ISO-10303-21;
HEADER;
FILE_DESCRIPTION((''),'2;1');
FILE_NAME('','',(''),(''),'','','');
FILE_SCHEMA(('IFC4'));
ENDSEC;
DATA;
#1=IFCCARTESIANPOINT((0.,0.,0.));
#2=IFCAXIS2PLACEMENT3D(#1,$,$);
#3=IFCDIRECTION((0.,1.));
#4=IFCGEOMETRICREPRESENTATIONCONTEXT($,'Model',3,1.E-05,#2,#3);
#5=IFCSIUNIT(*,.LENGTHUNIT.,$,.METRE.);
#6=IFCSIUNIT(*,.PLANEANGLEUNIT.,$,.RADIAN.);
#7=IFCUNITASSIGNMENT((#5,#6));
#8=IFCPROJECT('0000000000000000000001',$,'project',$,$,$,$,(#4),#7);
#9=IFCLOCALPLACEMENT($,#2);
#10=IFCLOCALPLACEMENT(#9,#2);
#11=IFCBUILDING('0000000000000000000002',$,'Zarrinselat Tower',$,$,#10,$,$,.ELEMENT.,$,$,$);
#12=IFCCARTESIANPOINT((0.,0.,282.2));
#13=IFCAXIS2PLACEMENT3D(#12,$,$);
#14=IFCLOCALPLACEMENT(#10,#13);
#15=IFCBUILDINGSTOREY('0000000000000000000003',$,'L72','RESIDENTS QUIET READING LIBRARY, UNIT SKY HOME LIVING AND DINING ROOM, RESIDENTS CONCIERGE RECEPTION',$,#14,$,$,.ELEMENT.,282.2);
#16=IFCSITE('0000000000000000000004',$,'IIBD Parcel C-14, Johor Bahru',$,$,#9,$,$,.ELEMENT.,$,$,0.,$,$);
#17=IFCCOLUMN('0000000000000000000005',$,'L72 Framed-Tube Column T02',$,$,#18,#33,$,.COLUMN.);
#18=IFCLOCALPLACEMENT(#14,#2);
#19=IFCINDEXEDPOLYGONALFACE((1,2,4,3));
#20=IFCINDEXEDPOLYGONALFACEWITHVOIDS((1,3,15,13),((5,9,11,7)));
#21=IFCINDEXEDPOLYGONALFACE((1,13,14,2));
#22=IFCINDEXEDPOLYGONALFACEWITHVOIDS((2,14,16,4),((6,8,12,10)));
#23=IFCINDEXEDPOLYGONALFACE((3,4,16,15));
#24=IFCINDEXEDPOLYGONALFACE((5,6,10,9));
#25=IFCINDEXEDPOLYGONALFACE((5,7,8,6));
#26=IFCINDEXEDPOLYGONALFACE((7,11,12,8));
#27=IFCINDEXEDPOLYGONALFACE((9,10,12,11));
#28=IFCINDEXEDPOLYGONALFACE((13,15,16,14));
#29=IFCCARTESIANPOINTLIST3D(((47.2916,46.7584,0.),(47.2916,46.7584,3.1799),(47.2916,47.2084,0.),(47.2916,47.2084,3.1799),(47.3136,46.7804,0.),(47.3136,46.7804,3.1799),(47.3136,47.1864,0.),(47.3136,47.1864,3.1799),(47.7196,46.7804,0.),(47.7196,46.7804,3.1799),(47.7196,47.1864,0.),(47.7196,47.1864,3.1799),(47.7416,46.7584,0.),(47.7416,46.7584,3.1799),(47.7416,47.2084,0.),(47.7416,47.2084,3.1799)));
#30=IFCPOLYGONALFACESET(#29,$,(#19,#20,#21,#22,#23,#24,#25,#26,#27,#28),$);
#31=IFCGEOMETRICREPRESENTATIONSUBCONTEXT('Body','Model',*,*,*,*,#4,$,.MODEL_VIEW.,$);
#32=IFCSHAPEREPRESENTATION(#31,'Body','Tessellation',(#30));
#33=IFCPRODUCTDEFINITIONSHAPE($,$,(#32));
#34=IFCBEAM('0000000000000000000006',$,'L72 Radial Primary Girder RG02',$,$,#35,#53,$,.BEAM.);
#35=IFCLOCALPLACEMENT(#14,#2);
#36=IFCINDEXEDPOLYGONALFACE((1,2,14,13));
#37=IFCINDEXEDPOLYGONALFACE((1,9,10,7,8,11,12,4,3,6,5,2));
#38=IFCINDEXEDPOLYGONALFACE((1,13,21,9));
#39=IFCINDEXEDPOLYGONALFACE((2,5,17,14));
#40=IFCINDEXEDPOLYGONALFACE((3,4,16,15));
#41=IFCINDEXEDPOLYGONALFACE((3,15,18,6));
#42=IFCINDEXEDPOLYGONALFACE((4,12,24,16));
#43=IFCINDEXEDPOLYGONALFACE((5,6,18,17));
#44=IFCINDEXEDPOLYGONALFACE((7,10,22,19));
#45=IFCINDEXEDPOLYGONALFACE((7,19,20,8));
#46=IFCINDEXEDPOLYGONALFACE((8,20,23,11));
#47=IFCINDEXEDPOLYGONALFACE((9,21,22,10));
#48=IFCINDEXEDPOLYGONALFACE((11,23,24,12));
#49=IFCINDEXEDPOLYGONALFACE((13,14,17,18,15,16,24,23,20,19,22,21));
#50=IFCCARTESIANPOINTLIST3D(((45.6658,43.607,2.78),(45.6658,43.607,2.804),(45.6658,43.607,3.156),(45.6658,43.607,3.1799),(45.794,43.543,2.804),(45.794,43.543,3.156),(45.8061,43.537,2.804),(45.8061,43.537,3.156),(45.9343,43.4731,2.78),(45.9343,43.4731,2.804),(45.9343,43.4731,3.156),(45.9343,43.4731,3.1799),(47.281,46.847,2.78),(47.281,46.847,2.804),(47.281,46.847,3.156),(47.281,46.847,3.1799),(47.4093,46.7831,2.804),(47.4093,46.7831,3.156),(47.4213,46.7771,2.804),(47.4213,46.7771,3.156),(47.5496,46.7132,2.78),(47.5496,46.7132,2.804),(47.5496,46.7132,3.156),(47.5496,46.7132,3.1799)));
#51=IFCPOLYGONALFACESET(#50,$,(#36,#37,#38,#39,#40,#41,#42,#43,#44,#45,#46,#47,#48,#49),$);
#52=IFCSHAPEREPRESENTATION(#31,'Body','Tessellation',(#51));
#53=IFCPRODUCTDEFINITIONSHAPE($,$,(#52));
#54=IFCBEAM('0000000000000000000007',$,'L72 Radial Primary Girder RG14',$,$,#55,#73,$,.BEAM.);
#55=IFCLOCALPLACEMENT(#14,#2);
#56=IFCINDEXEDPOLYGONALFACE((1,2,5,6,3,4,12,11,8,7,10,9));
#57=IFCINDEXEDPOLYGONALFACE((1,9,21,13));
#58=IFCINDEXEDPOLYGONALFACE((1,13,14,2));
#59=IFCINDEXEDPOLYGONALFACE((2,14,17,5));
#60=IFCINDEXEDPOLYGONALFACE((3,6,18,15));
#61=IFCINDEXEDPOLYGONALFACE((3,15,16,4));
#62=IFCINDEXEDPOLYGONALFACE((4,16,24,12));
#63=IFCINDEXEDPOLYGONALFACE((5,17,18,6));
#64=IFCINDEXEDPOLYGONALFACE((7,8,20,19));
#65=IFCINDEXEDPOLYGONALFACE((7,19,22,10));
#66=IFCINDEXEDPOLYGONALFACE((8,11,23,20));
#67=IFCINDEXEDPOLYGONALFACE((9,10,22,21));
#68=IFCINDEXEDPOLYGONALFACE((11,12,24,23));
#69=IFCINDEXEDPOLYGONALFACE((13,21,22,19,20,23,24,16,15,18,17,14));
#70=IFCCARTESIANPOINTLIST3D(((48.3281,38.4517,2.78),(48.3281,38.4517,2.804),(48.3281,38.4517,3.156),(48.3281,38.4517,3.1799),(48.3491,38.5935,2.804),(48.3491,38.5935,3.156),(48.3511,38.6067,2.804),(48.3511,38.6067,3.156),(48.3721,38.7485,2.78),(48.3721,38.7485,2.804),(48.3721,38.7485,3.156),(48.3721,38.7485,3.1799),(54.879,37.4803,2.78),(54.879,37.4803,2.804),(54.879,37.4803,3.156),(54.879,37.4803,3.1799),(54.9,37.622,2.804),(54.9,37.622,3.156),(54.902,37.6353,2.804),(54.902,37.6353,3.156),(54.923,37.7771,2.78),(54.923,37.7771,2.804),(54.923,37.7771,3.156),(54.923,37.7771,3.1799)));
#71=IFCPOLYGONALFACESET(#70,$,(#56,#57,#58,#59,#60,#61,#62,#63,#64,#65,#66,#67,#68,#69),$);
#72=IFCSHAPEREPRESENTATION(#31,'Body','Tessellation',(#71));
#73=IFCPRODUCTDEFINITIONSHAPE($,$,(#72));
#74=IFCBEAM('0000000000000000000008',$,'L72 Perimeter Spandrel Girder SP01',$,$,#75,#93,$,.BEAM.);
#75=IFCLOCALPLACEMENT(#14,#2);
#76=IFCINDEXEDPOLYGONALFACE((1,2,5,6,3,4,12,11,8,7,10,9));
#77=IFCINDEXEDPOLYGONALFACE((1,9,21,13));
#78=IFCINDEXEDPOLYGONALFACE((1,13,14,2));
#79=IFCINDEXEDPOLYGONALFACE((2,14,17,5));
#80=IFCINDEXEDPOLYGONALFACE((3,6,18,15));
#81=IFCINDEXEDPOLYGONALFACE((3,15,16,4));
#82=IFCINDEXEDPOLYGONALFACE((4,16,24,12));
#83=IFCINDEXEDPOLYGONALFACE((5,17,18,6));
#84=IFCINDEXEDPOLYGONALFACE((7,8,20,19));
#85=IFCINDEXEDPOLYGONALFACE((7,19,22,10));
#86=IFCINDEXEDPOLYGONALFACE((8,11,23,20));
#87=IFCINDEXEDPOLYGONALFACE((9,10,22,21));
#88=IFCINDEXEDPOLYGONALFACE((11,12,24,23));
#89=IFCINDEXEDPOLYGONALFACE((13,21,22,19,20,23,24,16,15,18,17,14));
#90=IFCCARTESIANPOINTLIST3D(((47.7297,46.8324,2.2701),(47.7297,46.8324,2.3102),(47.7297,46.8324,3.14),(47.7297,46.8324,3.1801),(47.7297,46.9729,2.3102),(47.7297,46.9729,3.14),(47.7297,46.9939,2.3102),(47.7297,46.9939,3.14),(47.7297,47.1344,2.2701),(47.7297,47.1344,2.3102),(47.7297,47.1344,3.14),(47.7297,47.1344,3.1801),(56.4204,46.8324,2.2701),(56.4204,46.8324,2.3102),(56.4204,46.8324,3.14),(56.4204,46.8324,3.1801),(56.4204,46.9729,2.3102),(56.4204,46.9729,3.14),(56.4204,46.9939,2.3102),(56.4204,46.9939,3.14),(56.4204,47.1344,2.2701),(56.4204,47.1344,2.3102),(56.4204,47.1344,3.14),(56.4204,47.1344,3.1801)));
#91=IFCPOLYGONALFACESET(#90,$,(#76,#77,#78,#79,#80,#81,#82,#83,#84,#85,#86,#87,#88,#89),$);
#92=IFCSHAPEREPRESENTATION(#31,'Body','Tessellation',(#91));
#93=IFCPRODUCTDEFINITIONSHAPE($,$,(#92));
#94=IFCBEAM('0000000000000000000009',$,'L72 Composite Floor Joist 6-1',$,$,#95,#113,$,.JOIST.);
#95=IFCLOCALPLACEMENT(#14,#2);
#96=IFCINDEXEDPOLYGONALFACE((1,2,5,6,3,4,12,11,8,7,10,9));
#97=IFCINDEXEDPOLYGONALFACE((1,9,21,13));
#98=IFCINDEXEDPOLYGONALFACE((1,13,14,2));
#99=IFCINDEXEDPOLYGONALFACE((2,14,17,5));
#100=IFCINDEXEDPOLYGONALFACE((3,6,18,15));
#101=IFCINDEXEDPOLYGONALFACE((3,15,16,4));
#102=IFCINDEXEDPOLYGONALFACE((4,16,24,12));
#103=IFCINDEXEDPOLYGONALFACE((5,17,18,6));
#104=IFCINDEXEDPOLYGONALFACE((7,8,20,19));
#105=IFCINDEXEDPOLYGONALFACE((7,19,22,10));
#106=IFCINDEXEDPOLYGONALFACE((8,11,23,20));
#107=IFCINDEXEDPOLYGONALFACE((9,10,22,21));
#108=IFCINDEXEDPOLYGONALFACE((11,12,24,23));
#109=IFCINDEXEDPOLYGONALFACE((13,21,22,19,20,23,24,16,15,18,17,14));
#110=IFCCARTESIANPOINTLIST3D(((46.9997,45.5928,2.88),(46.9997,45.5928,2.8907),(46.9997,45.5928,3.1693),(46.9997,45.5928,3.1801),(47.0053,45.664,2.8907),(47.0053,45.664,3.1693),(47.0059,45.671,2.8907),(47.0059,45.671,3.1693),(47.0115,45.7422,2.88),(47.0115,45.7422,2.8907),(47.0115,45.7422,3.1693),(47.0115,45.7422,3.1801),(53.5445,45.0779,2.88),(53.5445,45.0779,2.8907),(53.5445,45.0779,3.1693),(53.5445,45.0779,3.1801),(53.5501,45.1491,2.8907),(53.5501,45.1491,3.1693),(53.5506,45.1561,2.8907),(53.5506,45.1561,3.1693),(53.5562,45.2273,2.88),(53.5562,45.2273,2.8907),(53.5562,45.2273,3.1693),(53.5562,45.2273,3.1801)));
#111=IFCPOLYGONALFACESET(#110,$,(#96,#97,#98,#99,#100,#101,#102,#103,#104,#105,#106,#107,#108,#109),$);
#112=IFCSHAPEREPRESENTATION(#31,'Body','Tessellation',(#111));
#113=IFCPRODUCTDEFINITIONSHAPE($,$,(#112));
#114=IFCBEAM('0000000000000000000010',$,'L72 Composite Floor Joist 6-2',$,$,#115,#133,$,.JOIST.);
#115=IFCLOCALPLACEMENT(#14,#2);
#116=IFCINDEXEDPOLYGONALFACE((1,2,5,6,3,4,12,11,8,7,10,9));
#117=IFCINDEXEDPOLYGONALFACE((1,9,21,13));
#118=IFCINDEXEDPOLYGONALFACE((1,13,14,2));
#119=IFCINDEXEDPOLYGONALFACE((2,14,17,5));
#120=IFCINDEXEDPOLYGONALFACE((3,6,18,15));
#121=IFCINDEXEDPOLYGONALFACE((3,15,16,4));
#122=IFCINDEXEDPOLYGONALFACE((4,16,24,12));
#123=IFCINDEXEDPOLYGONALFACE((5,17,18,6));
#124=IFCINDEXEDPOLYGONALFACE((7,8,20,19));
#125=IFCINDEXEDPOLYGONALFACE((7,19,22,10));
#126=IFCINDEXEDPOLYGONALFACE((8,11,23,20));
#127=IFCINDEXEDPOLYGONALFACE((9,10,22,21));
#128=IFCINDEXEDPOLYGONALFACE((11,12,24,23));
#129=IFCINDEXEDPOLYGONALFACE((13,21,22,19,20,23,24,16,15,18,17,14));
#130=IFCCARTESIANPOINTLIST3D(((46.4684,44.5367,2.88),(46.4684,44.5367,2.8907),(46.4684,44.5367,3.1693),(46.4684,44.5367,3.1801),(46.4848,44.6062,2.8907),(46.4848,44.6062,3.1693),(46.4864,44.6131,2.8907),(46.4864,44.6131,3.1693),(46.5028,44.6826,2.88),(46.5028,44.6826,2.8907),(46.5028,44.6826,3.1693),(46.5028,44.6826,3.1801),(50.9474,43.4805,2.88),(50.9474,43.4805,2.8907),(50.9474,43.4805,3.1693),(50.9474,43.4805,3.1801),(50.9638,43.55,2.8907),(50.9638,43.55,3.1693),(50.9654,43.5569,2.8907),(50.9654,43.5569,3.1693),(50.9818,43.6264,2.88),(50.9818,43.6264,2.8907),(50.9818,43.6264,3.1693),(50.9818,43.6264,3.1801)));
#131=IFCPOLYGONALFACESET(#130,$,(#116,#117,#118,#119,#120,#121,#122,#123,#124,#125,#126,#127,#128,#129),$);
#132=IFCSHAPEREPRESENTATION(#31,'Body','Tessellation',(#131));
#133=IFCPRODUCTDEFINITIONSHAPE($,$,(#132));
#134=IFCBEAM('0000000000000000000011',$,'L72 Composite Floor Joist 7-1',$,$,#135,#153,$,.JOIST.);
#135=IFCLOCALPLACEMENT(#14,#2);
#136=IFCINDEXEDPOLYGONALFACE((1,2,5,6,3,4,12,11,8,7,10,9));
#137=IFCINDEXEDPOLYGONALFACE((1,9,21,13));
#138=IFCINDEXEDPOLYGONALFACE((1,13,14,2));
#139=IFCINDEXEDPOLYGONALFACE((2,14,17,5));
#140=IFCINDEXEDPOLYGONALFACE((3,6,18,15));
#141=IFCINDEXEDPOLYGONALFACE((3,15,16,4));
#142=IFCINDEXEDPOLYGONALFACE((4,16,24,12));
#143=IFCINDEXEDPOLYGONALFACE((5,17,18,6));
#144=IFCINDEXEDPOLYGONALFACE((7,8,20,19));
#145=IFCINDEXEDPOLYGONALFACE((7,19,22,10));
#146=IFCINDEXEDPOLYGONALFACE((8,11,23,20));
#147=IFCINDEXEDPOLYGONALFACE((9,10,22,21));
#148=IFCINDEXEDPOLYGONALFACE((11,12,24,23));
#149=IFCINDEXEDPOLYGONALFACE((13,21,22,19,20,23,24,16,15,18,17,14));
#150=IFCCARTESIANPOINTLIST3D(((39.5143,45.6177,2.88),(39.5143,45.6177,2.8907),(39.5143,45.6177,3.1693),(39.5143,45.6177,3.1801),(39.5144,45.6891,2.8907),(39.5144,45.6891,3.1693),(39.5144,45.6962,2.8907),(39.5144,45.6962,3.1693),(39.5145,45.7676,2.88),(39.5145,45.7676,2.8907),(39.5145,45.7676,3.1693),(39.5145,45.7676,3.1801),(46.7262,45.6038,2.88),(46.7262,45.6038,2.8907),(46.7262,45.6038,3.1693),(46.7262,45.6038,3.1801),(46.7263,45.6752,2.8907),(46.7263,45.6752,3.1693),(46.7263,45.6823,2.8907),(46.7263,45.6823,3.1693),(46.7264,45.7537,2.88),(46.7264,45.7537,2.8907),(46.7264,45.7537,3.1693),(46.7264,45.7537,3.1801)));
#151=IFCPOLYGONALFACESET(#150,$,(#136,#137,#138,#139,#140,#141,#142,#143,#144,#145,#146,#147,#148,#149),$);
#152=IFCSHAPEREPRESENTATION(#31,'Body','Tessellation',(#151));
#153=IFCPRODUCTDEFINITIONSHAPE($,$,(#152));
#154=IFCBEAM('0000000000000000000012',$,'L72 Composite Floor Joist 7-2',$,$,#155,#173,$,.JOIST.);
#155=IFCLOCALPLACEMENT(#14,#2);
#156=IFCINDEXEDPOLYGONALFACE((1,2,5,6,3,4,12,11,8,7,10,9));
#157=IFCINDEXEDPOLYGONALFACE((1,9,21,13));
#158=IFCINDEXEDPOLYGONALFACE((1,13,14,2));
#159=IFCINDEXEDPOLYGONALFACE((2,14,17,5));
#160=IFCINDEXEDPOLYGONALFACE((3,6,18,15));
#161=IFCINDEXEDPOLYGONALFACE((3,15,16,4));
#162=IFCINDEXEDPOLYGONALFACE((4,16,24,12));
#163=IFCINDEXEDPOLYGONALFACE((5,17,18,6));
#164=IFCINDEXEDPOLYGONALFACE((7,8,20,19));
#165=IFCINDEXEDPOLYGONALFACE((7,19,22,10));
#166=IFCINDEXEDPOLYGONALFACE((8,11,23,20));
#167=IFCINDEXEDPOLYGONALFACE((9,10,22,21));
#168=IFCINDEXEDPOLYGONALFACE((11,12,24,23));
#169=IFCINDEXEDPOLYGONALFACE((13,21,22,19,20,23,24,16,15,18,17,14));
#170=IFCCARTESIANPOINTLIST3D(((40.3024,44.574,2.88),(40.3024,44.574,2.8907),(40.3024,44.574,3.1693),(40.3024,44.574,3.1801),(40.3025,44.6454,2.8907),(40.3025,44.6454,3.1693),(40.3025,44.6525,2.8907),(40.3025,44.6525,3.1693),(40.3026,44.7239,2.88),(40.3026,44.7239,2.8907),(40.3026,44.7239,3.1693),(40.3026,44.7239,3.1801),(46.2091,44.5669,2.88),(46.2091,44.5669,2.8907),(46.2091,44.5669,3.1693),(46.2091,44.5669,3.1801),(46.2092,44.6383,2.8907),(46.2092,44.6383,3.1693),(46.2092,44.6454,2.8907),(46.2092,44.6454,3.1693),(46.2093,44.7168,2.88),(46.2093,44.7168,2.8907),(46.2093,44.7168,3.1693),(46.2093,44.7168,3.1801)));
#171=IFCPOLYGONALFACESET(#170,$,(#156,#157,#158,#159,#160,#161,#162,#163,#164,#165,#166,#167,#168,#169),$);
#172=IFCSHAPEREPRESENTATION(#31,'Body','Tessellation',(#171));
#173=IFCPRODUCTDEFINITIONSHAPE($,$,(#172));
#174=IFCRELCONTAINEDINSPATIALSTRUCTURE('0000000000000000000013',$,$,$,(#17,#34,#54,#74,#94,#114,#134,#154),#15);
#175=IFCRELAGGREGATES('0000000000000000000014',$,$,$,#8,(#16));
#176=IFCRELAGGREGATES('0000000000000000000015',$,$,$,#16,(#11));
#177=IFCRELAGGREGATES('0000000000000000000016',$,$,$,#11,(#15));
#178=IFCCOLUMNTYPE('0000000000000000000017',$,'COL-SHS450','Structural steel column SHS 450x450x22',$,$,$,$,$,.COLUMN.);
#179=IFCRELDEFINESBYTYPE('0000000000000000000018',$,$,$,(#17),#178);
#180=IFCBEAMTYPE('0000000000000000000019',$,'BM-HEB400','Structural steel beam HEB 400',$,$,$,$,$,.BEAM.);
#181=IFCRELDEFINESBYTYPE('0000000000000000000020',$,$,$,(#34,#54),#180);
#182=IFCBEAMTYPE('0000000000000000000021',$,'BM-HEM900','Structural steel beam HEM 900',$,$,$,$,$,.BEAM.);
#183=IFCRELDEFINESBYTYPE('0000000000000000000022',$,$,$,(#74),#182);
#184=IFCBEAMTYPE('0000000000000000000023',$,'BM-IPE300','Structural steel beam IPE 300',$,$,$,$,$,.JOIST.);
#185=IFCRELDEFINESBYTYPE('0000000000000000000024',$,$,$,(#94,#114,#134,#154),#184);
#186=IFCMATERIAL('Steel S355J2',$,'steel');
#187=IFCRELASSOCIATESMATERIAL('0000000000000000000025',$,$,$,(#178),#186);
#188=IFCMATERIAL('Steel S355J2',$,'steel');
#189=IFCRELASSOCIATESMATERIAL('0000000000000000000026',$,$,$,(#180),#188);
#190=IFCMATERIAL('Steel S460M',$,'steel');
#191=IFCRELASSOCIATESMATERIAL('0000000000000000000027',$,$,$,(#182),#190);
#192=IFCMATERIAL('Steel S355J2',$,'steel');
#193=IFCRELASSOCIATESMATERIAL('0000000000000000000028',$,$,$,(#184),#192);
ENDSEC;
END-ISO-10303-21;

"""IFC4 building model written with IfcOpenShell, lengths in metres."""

from ifc_helpers import new_model, si_unit, direction, frame, origin, origin_2d, place, context, subcontext, project, spatial, hollow_rectangle, i_section, extrude, material, material_profile, profile_set, type_object, element, save


model = new_model("IFC4")

# Units and contexts
model_context = context("Model", 3, precision=1e-05, world=origin(), true_north=direction((0.0, 1.0)))
body_context = subcontext(model_context, "Body", "Model", "MODEL_VIEW")
ifc_project = project(units=[si_unit("LENGTHUNIT", "METRE"), si_unit("PLANEANGLEUNIT", "RADIAN")], contexts=[model_context])

# Site, building, storey
site_placement = place(None, origin())
site = spatial("IfcSite", under=ifc_project, at=site_placement, Name="IIBD Parcel C-14, Johor Bahru", CompositionType="ELEMENT", RefElevation=0.0)
building_placement = place(site_placement, origin())
building = spatial("IfcBuilding", under=site, at=building_placement, Name="Zarrinselat Tower", CompositionType="ELEMENT")
storey_placement = place(building_placement, frame((0.0, 0.0, 282.2)))
storey = spatial("IfcBuildingStorey", under=building, at=storey_placement, Name="L72", Description="RESIDENTS QUIET READING LIBRARY, UNIT SKY HOME LIVING AND DINING ROOM, RESIDENTS CONCIERGE RECEPTION", CompositionType="ELEMENT", Elevation=282.2)

# Column
ifc_material_1 = material(Name="Steel S355J2", Category="steel")
ifc_material_profile_1 = material_profile(ifc_material_1, hollow_rectangle(XDim=0.45, YDim=0.45, WallThickness=0.022, at=origin_2d()), Name="SHS 450x450x22")
ifc_profile_set_1 = profile_set([ifc_material_profile_1], Name="Steel S355J2")
column_type = type_object("IfcColumnType", Name="COL-SHS450", Description="Structural steel column SHS 450x450x22", PredefinedType="COLUMN", material=ifc_profile_set_1)
column_placement = place(storey_placement, frame((47.5166, 46.9834, 0.0), z_axis=(0.0, 0.0, 1.0), x_axis=(1.0, 0.0, 0.0)))
element("IfcColumn", 1, at=column_placement, inside=storey, type_object=column_type, Name="L72 Framed-Tube Column T02", PredefinedType="COLUMN", context=body_context, shape_type="SweptSolid", body=[
    extrude(hollow_rectangle(XDim=0.45, YDim=0.45, WallThickness=0.022, at=origin_2d()), origin(), (0.0, 0.0, 1.0), 3.1799),
])

# Beams
ifc_material_2 = material(Name="Steel S355J2", Category="steel")
ifc_material_profile_2 = material_profile(ifc_material_2, i_section(OverallWidth=0.3, OverallDepth=0.3999, WebThickness=0.0134, FlangeThickness=0.0239, at=origin_2d()), Name="HEB 400")
ifc_profile_set_2 = profile_set([ifc_material_profile_2], Name="Steel S355J2")
beam_type_1 = type_object("IfcBeamType", Name="BM-HEB400", Description="Structural steel beam HEB 400", PredefinedType="BEAM", material=ifc_profile_set_2)
beam_1_placement = place(storey_placement, frame((45.8, 43.54, 2.98), z_axis=(0.446161, 0.894953, 0.0), x_axis=(-0.894953, 0.446161, 0.0)))
element("IfcBeam", 2, at=beam_1_placement, inside=storey, type_object=beam_type_1, Name="L72 Radial Primary Girder RG02", PredefinedType="BEAM", context=body_context, shape_type="SweptSolid", body=[
    extrude(i_section(OverallWidth=0.3, OverallDepth=0.3999, WebThickness=0.0134, FlangeThickness=0.0239, at=origin_2d()), origin(), (0.0, 0.0, 1.0), 3.6204),
])
beam_2_placement = place(storey_placement, frame((48.3501, 38.6001, 2.98), z_axis=(0.989183, -0.146684, 0.0), x_axis=(0.146684, 0.989183, 0.0)))
element("IfcBeam", 3, at=beam_2_placement, inside=storey, type_object=beam_type_1, Name="L72 Radial Primary Girder RG14", PredefinedType="BEAM", context=body_context, shape_type="SweptSolid", body=[
    extrude(i_section(OverallWidth=0.3, OverallDepth=0.3999, WebThickness=0.0134, FlangeThickness=0.0239, at=origin_2d()), origin(), (0.0, 0.0, 1.0), 6.6226),
])
ifc_material_3 = material(Name="Steel S460M", Category="steel")
ifc_material_profile_3 = material_profile(ifc_material_3, i_section(OverallWidth=0.302, OverallDepth=0.9099, WebThickness=0.021, FlangeThickness=0.04, at=origin_2d()), Name="HEM 900")
ifc_profile_set_3 = profile_set([ifc_material_profile_3], Name="Steel S460M")
beam_type_2 = type_object("IfcBeamType", Name="BM-HEM900", Description="Structural steel beam HEM 900", PredefinedType="BEAM", material=ifc_profile_set_3)
beam_3_placement = place(storey_placement, frame((47.7297, 46.9834, 2.7251), z_axis=(1.0, 0.0, 0.0), x_axis=(0.0, 1.0, 0.0)))
element("IfcBeam", 4, at=beam_3_placement, inside=storey, type_object=beam_type_2, Name="L72 Perimeter Spandrel Girder SP01", PredefinedType="BEAM", context=body_context, shape_type="SweptSolid", body=[
    extrude(i_section(OverallWidth=0.302, OverallDepth=0.9099, WebThickness=0.021, FlangeThickness=0.04, at=origin_2d()), origin(), (0.0, 0.0, 1.0), 8.6907),
])
ifc_material_4 = material(Name="Steel S355J2", Category="steel")
ifc_material_profile_4 = material_profile(ifc_material_4, i_section(OverallWidth=0.1499, OverallDepth=0.3, WebThickness=0.0071, FlangeThickness=0.0107, at=origin_2d()), Name="IPE 300")
ifc_profile_set_4 = profile_set([ifc_material_profile_4], Name="Steel S355J2")
beam_type_3 = type_object("IfcBeamType", Name="BM-IPE300", Description="Structural steel beam IPE 300", PredefinedType="JOIST", material=ifc_profile_set_4)
beam_4_placement = place(storey_placement, frame((47.0056, 45.6675, 3.03), z_axis=(0.99692, -0.078431, 0.0), x_axis=(0.078431, 0.99692, 0.0)))
element("IfcBeam", 5, at=beam_4_placement, inside=storey, type_object=beam_type_3, Name="L72 Composite Floor Joist 6-1", PredefinedType="JOIST", context=body_context, shape_type="SweptSolid", body=[
    extrude(i_section(OverallWidth=0.1499, OverallDepth=0.3, WebThickness=0.0071, FlangeThickness=0.0107, at=origin_2d()), origin(), (0.0, 0.0, 1.0), 6.5649),
])
beam_5_placement = place(storey_placement, frame((46.4856, 44.6096, 3.03), z_axis=(0.973307, -0.229507, 0.0), x_axis=(0.229507, 0.973307, 0.0)))
element("IfcBeam", 6, at=beam_5_placement, inside=storey, type_object=beam_type_3, Name="L72 Composite Floor Joist 6-2", PredefinedType="JOIST", context=body_context, shape_type="SweptSolid", body=[
    extrude(i_section(OverallWidth=0.1499, OverallDepth=0.3, WebThickness=0.0071, FlangeThickness=0.0107, at=origin_2d()), origin(), (0.0, 0.0, 1.0), 4.6018),
])
beam_6_placement = place(storey_placement, frame((39.5144, 45.6926, 3.03), z_axis=(0.999998, -0.00193, 0.0), x_axis=(0.00193, 0.999998, 0.0)))
element("IfcBeam", 7, at=beam_6_placement, inside=storey, type_object=beam_type_3, Name="L72 Composite Floor Joist 7-1", PredefinedType="JOIST", context=body_context, shape_type="SweptSolid", body=[
    extrude(i_section(OverallWidth=0.1499, OverallDepth=0.3, WebThickness=0.0071, FlangeThickness=0.0107, at=origin_2d()), origin(), (0.0, 0.0, 1.0), 7.2119),
])
beam_7_placement = place(storey_placement, frame((40.3025, 44.6489, 3.03), z_axis=(0.999999, -0.001199, 0.0), x_axis=(0.001199, 0.999999, 0.0)))
element("IfcBeam", 8, at=beam_7_placement, inside=storey, type_object=beam_type_3, Name="L72 Composite Floor Joist 7-2", PredefinedType="JOIST", context=body_context, shape_type="SweptSolid", body=[
    extrude(i_section(OverallWidth=0.1499, OverallDepth=0.3, WebThickness=0.0071, FlangeThickness=0.0107, at=origin_2d()), origin(), (0.0, 0.0, 1.0), 5.9067),
])

save(model, "model.ifc")
